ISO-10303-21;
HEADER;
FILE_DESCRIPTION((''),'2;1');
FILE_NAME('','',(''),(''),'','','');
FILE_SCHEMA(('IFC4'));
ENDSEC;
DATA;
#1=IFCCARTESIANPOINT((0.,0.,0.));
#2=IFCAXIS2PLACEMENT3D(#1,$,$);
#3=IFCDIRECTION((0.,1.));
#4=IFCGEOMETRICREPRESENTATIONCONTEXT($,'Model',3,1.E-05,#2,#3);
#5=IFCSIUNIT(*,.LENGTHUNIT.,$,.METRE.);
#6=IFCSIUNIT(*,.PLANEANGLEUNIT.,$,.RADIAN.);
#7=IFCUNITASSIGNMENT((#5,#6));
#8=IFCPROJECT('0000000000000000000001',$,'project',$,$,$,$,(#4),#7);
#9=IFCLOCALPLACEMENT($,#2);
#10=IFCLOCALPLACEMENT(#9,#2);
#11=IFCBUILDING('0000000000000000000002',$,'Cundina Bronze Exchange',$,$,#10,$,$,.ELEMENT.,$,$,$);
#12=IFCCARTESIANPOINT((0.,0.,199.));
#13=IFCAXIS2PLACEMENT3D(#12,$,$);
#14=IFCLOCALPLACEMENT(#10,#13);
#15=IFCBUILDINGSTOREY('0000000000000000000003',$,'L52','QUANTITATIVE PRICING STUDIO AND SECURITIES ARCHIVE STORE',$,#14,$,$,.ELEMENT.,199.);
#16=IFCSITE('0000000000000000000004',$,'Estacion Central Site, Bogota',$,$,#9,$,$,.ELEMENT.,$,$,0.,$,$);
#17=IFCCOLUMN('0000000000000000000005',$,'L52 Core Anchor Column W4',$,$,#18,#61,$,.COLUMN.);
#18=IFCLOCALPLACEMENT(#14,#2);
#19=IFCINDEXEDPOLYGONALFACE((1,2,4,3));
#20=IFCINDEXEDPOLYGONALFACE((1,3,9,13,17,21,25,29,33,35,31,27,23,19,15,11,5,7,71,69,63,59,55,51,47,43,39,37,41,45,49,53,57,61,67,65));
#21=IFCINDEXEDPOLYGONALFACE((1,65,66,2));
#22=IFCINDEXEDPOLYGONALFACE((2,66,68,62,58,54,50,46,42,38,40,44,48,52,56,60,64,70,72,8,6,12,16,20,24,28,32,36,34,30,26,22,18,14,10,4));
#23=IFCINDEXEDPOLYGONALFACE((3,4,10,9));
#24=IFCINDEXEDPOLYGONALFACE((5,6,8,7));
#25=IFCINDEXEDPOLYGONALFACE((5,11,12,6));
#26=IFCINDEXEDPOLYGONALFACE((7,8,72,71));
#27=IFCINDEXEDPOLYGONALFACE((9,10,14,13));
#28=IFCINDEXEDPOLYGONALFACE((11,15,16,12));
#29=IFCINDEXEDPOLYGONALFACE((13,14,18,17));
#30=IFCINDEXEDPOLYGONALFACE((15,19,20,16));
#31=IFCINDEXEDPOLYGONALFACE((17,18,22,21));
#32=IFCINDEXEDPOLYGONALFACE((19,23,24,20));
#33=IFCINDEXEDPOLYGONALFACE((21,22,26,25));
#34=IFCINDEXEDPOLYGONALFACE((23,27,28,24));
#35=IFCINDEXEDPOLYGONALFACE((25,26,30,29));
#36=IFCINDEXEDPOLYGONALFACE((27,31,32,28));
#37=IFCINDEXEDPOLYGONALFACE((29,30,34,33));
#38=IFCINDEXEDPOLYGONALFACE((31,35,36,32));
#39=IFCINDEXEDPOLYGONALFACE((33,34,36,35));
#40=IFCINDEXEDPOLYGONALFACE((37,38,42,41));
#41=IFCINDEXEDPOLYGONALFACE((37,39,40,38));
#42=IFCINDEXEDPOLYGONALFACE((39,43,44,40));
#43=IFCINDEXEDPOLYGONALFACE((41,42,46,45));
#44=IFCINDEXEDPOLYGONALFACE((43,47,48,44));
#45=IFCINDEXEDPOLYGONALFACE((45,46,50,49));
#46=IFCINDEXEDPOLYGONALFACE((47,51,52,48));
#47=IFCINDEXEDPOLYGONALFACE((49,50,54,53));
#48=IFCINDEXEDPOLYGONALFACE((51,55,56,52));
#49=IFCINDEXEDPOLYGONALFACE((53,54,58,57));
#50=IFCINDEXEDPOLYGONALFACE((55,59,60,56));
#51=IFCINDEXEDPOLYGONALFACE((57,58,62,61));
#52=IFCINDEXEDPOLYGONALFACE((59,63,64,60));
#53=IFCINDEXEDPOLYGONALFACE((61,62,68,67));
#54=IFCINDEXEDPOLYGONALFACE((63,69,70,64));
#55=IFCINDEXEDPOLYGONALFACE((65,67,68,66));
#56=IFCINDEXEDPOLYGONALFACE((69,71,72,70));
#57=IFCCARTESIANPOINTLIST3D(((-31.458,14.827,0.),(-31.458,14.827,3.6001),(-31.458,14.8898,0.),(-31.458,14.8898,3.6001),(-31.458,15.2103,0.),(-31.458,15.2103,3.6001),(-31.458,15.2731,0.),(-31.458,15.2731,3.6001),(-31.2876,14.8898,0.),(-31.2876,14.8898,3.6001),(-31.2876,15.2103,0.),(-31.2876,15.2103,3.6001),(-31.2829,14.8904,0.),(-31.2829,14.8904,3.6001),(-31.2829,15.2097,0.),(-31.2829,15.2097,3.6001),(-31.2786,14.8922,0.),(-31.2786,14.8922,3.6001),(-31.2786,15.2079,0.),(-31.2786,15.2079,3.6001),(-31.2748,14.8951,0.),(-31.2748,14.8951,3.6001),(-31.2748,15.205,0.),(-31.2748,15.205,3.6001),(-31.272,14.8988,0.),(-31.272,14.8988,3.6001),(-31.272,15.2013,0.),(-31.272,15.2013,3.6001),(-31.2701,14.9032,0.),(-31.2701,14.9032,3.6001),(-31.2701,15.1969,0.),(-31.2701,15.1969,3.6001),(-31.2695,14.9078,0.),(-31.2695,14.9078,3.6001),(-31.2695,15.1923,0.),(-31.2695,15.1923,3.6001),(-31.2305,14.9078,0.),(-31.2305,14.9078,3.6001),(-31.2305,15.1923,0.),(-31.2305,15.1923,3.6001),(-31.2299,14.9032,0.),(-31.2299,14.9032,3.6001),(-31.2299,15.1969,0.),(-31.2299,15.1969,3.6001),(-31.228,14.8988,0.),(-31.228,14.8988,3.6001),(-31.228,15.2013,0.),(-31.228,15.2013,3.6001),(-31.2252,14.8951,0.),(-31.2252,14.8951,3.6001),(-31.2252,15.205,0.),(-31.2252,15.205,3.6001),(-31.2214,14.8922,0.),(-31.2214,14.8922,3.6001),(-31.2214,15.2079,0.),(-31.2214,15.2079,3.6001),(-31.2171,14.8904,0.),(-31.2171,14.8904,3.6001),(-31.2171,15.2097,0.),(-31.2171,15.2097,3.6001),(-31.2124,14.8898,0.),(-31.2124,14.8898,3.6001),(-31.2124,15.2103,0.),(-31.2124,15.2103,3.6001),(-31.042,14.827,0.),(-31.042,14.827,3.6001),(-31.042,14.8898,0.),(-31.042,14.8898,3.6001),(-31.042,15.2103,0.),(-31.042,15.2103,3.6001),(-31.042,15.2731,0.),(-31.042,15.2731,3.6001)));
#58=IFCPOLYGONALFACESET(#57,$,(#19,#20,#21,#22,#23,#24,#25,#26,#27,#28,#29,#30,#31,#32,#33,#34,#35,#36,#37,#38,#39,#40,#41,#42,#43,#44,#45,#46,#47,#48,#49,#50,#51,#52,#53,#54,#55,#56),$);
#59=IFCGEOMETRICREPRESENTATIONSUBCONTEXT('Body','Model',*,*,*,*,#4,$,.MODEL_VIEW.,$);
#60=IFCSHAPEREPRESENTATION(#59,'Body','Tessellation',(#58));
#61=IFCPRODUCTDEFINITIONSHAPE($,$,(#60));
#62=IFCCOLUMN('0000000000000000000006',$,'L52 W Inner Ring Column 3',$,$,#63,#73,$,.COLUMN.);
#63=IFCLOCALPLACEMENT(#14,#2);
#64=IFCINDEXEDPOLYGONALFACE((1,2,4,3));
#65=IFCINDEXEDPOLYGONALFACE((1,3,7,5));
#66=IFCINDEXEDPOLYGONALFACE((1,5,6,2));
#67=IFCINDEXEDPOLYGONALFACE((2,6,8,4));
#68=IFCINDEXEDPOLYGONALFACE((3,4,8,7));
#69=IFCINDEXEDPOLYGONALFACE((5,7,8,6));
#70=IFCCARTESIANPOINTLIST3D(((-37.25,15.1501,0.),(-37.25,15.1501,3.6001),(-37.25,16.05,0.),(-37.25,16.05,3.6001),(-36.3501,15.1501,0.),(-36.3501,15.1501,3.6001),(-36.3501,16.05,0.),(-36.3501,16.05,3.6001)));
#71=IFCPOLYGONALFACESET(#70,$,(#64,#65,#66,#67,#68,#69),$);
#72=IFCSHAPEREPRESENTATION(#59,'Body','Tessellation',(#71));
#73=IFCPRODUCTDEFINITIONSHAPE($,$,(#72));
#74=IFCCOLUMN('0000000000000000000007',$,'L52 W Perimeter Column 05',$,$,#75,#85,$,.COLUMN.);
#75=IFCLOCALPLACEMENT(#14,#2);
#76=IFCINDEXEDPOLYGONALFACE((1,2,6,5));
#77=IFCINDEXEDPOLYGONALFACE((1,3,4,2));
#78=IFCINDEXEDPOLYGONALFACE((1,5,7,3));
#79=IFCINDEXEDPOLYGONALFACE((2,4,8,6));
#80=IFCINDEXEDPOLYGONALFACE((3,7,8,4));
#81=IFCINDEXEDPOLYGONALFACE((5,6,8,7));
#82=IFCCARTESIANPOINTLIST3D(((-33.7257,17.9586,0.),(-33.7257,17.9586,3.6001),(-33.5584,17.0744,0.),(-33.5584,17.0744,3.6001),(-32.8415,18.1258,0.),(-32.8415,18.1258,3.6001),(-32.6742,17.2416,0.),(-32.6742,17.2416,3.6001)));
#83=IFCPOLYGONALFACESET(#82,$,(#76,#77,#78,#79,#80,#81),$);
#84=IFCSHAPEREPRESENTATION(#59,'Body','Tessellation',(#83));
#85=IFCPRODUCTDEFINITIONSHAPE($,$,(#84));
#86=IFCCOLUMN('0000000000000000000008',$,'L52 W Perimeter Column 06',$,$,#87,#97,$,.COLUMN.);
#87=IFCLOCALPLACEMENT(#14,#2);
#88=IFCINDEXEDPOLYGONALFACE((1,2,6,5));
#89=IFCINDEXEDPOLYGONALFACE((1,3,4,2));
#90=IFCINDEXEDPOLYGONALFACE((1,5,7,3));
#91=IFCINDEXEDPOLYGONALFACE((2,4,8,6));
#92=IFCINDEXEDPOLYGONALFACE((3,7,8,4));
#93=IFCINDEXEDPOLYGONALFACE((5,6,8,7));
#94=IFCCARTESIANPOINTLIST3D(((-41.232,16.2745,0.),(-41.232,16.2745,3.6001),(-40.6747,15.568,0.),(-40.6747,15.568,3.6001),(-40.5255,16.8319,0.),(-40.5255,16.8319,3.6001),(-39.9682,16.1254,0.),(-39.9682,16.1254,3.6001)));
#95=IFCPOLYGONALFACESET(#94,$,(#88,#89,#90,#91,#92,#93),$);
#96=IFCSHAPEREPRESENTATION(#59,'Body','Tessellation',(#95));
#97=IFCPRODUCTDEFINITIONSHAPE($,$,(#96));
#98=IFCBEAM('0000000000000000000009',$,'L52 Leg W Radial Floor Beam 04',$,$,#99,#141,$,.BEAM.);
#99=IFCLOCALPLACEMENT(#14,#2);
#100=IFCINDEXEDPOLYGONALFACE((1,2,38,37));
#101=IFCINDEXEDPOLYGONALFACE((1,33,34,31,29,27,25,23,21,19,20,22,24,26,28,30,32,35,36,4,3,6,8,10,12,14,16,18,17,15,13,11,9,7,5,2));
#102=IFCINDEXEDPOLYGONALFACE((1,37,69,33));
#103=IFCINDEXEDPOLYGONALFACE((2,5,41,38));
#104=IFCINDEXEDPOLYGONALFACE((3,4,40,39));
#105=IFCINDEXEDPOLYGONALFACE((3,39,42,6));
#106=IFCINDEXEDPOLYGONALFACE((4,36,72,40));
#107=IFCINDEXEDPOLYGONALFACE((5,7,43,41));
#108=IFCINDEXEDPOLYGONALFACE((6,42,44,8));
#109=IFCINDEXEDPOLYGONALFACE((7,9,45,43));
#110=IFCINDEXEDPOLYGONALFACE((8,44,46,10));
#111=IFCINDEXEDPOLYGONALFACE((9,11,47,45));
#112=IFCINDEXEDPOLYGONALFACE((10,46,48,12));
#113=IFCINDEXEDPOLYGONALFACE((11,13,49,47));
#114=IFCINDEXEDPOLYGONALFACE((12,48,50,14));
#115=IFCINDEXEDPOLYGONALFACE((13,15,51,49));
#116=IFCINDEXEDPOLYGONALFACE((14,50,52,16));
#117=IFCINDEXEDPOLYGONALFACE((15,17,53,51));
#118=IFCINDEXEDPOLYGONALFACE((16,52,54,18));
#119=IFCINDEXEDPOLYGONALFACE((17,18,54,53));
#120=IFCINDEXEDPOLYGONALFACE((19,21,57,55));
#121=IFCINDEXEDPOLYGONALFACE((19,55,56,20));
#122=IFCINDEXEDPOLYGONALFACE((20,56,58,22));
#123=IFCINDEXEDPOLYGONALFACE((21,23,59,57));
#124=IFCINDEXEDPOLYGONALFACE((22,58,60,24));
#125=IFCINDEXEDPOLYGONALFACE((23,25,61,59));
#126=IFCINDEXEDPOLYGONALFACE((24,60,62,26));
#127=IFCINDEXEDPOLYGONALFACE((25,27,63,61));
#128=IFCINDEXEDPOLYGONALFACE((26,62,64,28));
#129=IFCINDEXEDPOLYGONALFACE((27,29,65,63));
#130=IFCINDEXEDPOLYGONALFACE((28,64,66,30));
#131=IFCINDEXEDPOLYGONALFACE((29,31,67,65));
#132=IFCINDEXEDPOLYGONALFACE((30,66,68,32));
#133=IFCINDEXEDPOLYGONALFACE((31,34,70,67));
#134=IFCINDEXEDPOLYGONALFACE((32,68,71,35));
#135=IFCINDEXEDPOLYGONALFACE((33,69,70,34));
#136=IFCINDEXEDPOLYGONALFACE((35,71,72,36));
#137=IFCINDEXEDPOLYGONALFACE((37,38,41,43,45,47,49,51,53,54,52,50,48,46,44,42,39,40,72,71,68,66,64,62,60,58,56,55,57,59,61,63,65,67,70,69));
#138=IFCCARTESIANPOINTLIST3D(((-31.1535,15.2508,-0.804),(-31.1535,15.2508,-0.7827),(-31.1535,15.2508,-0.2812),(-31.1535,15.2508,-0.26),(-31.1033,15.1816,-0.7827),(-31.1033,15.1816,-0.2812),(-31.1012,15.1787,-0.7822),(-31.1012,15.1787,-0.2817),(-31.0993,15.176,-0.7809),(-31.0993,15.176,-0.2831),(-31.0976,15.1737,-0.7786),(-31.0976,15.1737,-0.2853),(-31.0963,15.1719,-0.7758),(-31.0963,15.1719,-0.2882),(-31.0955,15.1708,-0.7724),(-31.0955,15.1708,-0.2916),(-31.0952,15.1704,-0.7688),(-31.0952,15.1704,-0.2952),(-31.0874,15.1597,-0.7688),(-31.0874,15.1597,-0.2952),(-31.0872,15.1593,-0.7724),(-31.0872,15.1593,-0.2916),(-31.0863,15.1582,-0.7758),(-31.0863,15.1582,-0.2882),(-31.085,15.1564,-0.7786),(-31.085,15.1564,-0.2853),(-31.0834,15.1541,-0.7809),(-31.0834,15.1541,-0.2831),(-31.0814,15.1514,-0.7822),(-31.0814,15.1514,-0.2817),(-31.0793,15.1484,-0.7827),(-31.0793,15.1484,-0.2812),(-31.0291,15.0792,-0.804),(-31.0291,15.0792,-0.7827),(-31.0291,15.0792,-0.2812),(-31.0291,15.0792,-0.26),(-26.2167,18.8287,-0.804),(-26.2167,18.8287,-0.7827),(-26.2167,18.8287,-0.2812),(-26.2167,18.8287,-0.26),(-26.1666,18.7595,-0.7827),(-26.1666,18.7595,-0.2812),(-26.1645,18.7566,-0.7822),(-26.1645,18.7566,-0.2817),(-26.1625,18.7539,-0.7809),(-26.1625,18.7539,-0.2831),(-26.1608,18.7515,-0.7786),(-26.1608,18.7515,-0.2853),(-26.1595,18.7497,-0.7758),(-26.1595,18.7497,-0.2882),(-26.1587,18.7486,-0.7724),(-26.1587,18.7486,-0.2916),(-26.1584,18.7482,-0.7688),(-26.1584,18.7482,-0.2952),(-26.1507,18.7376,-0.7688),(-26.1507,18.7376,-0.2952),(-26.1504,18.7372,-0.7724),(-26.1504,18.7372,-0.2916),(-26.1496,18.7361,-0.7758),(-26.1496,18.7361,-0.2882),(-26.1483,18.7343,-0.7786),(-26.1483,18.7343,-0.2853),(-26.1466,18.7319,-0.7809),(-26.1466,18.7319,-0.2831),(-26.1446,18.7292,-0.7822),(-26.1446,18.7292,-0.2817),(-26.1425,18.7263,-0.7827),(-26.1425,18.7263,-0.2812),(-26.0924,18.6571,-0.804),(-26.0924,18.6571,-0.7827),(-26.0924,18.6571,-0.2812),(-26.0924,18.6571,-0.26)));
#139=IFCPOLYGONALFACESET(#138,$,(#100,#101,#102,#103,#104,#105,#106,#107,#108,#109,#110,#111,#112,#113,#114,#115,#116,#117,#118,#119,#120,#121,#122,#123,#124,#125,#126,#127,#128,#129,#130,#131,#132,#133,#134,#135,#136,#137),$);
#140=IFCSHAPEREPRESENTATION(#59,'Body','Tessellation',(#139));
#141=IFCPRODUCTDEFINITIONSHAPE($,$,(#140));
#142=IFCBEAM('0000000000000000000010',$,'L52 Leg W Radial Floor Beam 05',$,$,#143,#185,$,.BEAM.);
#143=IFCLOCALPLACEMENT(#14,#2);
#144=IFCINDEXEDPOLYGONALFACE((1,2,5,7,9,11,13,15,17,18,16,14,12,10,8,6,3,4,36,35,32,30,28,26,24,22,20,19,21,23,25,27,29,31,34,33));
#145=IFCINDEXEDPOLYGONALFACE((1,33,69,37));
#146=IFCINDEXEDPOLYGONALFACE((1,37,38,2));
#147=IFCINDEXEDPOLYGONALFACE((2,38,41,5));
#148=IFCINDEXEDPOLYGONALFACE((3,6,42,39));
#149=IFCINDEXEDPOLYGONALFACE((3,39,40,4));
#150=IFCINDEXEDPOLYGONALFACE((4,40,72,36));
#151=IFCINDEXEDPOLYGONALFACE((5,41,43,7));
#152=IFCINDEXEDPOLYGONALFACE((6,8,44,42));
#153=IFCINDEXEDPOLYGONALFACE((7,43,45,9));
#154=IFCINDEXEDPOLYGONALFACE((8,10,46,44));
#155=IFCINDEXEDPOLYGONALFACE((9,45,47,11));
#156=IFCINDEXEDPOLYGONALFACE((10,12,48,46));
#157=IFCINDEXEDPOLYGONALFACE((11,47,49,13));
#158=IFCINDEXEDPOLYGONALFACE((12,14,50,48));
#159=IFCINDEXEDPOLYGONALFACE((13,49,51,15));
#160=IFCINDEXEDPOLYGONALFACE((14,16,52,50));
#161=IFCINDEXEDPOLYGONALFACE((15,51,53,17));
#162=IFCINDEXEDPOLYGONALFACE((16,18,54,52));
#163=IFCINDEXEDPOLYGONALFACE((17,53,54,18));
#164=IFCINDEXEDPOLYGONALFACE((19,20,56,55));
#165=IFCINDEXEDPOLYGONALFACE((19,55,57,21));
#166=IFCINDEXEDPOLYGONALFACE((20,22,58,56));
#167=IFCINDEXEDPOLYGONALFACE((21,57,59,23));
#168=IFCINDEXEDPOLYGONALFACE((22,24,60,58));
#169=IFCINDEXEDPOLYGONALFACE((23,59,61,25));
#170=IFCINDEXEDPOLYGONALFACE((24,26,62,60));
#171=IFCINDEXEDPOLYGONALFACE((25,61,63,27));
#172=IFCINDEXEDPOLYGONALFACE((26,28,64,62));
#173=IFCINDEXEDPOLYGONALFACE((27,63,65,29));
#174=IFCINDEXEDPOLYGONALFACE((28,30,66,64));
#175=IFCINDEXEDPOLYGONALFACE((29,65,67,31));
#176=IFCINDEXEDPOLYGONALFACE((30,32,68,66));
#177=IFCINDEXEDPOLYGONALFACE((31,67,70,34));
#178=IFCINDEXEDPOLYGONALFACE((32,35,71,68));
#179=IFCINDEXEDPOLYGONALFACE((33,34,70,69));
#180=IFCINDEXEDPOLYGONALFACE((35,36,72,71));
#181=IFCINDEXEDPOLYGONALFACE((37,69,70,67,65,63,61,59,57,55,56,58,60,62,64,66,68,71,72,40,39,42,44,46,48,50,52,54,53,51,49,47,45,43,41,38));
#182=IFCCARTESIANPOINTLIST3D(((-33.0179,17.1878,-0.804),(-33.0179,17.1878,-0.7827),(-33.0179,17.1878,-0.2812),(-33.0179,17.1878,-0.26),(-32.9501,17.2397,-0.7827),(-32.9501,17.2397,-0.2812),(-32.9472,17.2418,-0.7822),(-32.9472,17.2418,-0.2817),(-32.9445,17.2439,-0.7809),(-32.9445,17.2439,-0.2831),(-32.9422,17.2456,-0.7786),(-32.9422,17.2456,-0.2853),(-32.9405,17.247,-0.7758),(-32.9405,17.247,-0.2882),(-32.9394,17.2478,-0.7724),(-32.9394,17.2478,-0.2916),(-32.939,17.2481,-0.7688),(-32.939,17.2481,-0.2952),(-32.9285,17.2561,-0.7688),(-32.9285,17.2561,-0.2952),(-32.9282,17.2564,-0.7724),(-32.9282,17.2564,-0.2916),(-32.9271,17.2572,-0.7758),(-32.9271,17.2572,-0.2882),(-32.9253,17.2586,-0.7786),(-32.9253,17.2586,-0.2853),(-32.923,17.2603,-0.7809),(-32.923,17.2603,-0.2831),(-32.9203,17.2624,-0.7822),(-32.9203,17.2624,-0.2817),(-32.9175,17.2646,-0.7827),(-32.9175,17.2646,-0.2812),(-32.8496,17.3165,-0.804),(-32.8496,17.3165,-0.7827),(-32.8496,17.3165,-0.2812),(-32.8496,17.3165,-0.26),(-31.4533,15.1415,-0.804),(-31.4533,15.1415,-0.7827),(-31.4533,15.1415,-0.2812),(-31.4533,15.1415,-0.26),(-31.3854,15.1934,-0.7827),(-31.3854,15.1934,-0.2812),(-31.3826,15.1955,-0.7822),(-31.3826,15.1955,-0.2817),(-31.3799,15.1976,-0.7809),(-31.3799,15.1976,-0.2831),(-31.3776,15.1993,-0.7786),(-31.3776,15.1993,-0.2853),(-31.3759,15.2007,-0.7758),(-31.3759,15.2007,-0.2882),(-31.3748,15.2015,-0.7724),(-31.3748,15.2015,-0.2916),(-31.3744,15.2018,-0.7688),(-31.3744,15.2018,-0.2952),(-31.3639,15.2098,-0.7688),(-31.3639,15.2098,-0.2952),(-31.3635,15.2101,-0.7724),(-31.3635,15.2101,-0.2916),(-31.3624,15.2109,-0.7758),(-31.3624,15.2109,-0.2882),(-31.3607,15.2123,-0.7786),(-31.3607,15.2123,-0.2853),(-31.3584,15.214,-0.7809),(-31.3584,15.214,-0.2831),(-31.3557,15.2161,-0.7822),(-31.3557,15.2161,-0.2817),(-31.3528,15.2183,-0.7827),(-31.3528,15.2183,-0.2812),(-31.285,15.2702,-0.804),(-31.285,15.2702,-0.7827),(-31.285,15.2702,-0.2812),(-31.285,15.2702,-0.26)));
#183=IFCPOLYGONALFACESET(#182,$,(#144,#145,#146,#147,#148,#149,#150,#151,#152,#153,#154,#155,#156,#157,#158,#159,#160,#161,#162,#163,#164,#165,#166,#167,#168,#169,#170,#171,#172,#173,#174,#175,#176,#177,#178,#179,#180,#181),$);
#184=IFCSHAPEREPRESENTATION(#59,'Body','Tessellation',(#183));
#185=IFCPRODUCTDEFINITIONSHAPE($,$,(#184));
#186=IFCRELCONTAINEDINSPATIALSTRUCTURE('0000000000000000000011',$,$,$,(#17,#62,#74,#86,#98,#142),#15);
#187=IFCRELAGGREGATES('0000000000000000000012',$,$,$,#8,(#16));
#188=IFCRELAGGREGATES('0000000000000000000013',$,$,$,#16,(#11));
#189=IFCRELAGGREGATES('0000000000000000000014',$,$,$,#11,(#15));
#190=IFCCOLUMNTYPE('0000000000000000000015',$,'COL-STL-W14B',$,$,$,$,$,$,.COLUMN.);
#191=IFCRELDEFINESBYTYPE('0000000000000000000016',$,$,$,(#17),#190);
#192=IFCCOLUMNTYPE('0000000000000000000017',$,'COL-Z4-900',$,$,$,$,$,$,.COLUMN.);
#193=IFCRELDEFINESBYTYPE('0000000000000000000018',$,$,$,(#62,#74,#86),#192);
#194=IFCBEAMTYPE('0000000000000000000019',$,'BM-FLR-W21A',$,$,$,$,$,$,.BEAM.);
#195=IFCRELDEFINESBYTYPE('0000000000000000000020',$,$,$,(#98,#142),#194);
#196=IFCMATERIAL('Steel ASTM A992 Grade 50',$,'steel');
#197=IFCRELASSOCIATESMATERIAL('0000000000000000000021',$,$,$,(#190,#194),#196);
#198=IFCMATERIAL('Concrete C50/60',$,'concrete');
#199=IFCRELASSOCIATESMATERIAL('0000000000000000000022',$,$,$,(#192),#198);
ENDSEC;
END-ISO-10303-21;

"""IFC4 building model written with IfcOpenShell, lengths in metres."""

from ifc_helpers import new_model, si_unit, direction, frame, origin, origin_2d, place, context, subcontext, project, spatial, rectangle, i_section, extrude, material, material_profile, profile_set, type_object, element, save


model = new_model("IFC4")

# Units and contexts
model_context = context("Model", 3, precision=1e-05, world=origin(), true_north=direction((0.0, 1.0)))
body_context = subcontext(model_context, "Body", "Model", "MODEL_VIEW")
ifc_project = project(units=[si_unit("LENGTHUNIT", "METRE"), si_unit("PLANEANGLEUNIT", "RADIAN")], contexts=[model_context])

# Site, building, storey
site_placement = place(None, origin())
site = spatial("IfcSite", under=ifc_project, at=site_placement, Name="Estacion Central Site, Bogota", CompositionType="ELEMENT", RefElevation=0.0)
building_placement = place(site_placement, origin())
building = spatial("IfcBuilding", under=site, at=building_placement, Name="Cundina Bronze Exchange", CompositionType="ELEMENT")
storey_placement = place(building_placement, frame((0.0, 0.0, 199.0)))
storey = spatial("IfcBuildingStorey", under=building, at=storey_placement, Name="L52", Description="QUANTITATIVE PRICING STUDIO AND SECURITIES ARCHIVE STORE", CompositionType="ELEMENT", Elevation=199.0)

# Columns
ifc_material_1 = material(Name="Steel ASTM A992 Grade 50", Category="steel")
ifc_material_profile_1 = material_profile(ifc_material_1, i_section(OverallWidth=0.416, OverallDepth=0.446, WebThickness=0.0391, FlangeThickness=0.0627, FilletRadius=0.0181, at=origin_2d()), Name="W14X342", Category="steel")
ifc_profile_set_1 = profile_set([ifc_material_profile_1], Name="Steel ASTM A992 Grade 50")
column_type_1 = type_object("IfcColumnType", Name="COL-STL-W14B", PredefinedType="COLUMN", material=ifc_profile_set_1)
column_placement = place(storey_placement, frame((-31.25, 15.05, 0.0), z_axis=(0.0, 0.0, 1.0), x_axis=(1.0, 0.0, 0.0)))
element("IfcColumn", 1, at=column_placement, inside=storey, type_object=column_type_1, Name="L52 Core Anchor Column W4", PredefinedType="COLUMN", context=body_context, shape_type="SweptSolid", body=[
    extrude(i_section(OverallWidth=0.416, OverallDepth=0.446, WebThickness=0.0391, FlangeThickness=0.0627, FilletRadius=0.0181, at=origin_2d()), origin(), (0.0, 0.0, 1.0), 3.6001),
])
ifc_material_2 = material(Name="Concrete C50/60", Category="concrete")
ifc_material_profile_2 = material_profile(ifc_material_2, rectangle(XDim=0.8999, YDim=0.8999, at=origin_2d()), Name="RC900X900", Category="concrete")
ifc_profile_set_2 = profile_set([ifc_material_profile_2], Name="Concrete C50/60")
column_type_2 = type_object("IfcColumnType", Name="COL-Z4-900", PredefinedType="COLUMN", material=ifc_profile_set_2)
for number, where, z_axis, x_axis, name in (
    (2, (-36.8, 15.6001, 0.0), (0.0, 0.0, 1.0), (1.0, 0.0, 0.0), "L52 W Inner Ring Column 3"),
    (3, (-33.2, 17.6001, 0.0), (0.0, 0.0, 1.0), (-0.98258, -0.185838, 0.0), "L52 W Perimeter Column 05"),
    (4, (-40.6001, 16.2, 0.0), (0.0, 0.0, 1.0), (-0.785101, -0.619368, 0.0), "L52 W Perimeter Column 06"),
):
    element("IfcColumn", number, at=place(storey_placement, frame(where, z_axis=z_axis, x_axis=x_axis)), inside=storey, type_object=column_type_2, Name=name, PredefinedType="COLUMN", context=body_context, shape_type="SweptSolid", body=[
        extrude(rectangle(XDim=0.8999, YDim=0.8999, at=origin_2d()), origin(), (0.0, 0.0, 1.0), 3.6001),
    ])

# Beams
ifc_material_profile_3 = material_profile(ifc_material_1, i_section(OverallWidth=0.2119, OverallDepth=0.5439, WebThickness=0.0132, FlangeThickness=0.0212, FilletRadius=0.0139, at=origin_2d()), Name="W21X83", Category="steel")
ifc_profile_set_3 = profile_set([ifc_material_profile_3], Name="Steel ASTM A992 Grade 50")
beam_type_1 = type_object("IfcBeamType", Name="BM-FLR-W21A", PredefinedType="BEAM", material=ifc_profile_set_3)
beam_1_placement = place(storey_placement, frame((-31.0913, 15.165, -0.532), z_axis=(0.80971, 0.58683, 0.0), x_axis=(-0.58683, 0.80971, 0.0)))
element("IfcBeam", 5, at=beam_1_placement, inside=storey, type_object=beam_type_1, Name="L52 Leg W Radial Floor Beam 04", PredefinedType="BEAM", context=body_context, shape_type="SweptSolid", body=[
    extrude(i_section(OverallWidth=0.2119, OverallDepth=0.5439, WebThickness=0.0132, FlangeThickness=0.0212, FilletRadius=0.0139, at=origin_2d()), origin(), (0.0, 0.0, 1.0), 6.0969),
])
beam_2_placement = place(storey_placement, frame((-31.3691, 15.2058, -0.532), z_axis=(-0.607404, 0.794393, 0.0), x_axis=(-0.794393, -0.607404, 0.0)))
element("IfcBeam", 6, at=beam_2_placement, inside=storey, type_object=beam_type_1, Name="L52 Leg W Radial Floor Beam 05", PredefinedType="BEAM", context=body_context, shape_type="SweptSolid", body=[
    extrude(i_section(OverallWidth=0.2119, OverallDepth=0.5439, WebThickness=0.0132, FlangeThickness=0.0212, FilletRadius=0.0139, at=origin_2d()), origin(), (0.0, 0.0, 1.0), 2.5759),
])

save(model, "model.ifc")
